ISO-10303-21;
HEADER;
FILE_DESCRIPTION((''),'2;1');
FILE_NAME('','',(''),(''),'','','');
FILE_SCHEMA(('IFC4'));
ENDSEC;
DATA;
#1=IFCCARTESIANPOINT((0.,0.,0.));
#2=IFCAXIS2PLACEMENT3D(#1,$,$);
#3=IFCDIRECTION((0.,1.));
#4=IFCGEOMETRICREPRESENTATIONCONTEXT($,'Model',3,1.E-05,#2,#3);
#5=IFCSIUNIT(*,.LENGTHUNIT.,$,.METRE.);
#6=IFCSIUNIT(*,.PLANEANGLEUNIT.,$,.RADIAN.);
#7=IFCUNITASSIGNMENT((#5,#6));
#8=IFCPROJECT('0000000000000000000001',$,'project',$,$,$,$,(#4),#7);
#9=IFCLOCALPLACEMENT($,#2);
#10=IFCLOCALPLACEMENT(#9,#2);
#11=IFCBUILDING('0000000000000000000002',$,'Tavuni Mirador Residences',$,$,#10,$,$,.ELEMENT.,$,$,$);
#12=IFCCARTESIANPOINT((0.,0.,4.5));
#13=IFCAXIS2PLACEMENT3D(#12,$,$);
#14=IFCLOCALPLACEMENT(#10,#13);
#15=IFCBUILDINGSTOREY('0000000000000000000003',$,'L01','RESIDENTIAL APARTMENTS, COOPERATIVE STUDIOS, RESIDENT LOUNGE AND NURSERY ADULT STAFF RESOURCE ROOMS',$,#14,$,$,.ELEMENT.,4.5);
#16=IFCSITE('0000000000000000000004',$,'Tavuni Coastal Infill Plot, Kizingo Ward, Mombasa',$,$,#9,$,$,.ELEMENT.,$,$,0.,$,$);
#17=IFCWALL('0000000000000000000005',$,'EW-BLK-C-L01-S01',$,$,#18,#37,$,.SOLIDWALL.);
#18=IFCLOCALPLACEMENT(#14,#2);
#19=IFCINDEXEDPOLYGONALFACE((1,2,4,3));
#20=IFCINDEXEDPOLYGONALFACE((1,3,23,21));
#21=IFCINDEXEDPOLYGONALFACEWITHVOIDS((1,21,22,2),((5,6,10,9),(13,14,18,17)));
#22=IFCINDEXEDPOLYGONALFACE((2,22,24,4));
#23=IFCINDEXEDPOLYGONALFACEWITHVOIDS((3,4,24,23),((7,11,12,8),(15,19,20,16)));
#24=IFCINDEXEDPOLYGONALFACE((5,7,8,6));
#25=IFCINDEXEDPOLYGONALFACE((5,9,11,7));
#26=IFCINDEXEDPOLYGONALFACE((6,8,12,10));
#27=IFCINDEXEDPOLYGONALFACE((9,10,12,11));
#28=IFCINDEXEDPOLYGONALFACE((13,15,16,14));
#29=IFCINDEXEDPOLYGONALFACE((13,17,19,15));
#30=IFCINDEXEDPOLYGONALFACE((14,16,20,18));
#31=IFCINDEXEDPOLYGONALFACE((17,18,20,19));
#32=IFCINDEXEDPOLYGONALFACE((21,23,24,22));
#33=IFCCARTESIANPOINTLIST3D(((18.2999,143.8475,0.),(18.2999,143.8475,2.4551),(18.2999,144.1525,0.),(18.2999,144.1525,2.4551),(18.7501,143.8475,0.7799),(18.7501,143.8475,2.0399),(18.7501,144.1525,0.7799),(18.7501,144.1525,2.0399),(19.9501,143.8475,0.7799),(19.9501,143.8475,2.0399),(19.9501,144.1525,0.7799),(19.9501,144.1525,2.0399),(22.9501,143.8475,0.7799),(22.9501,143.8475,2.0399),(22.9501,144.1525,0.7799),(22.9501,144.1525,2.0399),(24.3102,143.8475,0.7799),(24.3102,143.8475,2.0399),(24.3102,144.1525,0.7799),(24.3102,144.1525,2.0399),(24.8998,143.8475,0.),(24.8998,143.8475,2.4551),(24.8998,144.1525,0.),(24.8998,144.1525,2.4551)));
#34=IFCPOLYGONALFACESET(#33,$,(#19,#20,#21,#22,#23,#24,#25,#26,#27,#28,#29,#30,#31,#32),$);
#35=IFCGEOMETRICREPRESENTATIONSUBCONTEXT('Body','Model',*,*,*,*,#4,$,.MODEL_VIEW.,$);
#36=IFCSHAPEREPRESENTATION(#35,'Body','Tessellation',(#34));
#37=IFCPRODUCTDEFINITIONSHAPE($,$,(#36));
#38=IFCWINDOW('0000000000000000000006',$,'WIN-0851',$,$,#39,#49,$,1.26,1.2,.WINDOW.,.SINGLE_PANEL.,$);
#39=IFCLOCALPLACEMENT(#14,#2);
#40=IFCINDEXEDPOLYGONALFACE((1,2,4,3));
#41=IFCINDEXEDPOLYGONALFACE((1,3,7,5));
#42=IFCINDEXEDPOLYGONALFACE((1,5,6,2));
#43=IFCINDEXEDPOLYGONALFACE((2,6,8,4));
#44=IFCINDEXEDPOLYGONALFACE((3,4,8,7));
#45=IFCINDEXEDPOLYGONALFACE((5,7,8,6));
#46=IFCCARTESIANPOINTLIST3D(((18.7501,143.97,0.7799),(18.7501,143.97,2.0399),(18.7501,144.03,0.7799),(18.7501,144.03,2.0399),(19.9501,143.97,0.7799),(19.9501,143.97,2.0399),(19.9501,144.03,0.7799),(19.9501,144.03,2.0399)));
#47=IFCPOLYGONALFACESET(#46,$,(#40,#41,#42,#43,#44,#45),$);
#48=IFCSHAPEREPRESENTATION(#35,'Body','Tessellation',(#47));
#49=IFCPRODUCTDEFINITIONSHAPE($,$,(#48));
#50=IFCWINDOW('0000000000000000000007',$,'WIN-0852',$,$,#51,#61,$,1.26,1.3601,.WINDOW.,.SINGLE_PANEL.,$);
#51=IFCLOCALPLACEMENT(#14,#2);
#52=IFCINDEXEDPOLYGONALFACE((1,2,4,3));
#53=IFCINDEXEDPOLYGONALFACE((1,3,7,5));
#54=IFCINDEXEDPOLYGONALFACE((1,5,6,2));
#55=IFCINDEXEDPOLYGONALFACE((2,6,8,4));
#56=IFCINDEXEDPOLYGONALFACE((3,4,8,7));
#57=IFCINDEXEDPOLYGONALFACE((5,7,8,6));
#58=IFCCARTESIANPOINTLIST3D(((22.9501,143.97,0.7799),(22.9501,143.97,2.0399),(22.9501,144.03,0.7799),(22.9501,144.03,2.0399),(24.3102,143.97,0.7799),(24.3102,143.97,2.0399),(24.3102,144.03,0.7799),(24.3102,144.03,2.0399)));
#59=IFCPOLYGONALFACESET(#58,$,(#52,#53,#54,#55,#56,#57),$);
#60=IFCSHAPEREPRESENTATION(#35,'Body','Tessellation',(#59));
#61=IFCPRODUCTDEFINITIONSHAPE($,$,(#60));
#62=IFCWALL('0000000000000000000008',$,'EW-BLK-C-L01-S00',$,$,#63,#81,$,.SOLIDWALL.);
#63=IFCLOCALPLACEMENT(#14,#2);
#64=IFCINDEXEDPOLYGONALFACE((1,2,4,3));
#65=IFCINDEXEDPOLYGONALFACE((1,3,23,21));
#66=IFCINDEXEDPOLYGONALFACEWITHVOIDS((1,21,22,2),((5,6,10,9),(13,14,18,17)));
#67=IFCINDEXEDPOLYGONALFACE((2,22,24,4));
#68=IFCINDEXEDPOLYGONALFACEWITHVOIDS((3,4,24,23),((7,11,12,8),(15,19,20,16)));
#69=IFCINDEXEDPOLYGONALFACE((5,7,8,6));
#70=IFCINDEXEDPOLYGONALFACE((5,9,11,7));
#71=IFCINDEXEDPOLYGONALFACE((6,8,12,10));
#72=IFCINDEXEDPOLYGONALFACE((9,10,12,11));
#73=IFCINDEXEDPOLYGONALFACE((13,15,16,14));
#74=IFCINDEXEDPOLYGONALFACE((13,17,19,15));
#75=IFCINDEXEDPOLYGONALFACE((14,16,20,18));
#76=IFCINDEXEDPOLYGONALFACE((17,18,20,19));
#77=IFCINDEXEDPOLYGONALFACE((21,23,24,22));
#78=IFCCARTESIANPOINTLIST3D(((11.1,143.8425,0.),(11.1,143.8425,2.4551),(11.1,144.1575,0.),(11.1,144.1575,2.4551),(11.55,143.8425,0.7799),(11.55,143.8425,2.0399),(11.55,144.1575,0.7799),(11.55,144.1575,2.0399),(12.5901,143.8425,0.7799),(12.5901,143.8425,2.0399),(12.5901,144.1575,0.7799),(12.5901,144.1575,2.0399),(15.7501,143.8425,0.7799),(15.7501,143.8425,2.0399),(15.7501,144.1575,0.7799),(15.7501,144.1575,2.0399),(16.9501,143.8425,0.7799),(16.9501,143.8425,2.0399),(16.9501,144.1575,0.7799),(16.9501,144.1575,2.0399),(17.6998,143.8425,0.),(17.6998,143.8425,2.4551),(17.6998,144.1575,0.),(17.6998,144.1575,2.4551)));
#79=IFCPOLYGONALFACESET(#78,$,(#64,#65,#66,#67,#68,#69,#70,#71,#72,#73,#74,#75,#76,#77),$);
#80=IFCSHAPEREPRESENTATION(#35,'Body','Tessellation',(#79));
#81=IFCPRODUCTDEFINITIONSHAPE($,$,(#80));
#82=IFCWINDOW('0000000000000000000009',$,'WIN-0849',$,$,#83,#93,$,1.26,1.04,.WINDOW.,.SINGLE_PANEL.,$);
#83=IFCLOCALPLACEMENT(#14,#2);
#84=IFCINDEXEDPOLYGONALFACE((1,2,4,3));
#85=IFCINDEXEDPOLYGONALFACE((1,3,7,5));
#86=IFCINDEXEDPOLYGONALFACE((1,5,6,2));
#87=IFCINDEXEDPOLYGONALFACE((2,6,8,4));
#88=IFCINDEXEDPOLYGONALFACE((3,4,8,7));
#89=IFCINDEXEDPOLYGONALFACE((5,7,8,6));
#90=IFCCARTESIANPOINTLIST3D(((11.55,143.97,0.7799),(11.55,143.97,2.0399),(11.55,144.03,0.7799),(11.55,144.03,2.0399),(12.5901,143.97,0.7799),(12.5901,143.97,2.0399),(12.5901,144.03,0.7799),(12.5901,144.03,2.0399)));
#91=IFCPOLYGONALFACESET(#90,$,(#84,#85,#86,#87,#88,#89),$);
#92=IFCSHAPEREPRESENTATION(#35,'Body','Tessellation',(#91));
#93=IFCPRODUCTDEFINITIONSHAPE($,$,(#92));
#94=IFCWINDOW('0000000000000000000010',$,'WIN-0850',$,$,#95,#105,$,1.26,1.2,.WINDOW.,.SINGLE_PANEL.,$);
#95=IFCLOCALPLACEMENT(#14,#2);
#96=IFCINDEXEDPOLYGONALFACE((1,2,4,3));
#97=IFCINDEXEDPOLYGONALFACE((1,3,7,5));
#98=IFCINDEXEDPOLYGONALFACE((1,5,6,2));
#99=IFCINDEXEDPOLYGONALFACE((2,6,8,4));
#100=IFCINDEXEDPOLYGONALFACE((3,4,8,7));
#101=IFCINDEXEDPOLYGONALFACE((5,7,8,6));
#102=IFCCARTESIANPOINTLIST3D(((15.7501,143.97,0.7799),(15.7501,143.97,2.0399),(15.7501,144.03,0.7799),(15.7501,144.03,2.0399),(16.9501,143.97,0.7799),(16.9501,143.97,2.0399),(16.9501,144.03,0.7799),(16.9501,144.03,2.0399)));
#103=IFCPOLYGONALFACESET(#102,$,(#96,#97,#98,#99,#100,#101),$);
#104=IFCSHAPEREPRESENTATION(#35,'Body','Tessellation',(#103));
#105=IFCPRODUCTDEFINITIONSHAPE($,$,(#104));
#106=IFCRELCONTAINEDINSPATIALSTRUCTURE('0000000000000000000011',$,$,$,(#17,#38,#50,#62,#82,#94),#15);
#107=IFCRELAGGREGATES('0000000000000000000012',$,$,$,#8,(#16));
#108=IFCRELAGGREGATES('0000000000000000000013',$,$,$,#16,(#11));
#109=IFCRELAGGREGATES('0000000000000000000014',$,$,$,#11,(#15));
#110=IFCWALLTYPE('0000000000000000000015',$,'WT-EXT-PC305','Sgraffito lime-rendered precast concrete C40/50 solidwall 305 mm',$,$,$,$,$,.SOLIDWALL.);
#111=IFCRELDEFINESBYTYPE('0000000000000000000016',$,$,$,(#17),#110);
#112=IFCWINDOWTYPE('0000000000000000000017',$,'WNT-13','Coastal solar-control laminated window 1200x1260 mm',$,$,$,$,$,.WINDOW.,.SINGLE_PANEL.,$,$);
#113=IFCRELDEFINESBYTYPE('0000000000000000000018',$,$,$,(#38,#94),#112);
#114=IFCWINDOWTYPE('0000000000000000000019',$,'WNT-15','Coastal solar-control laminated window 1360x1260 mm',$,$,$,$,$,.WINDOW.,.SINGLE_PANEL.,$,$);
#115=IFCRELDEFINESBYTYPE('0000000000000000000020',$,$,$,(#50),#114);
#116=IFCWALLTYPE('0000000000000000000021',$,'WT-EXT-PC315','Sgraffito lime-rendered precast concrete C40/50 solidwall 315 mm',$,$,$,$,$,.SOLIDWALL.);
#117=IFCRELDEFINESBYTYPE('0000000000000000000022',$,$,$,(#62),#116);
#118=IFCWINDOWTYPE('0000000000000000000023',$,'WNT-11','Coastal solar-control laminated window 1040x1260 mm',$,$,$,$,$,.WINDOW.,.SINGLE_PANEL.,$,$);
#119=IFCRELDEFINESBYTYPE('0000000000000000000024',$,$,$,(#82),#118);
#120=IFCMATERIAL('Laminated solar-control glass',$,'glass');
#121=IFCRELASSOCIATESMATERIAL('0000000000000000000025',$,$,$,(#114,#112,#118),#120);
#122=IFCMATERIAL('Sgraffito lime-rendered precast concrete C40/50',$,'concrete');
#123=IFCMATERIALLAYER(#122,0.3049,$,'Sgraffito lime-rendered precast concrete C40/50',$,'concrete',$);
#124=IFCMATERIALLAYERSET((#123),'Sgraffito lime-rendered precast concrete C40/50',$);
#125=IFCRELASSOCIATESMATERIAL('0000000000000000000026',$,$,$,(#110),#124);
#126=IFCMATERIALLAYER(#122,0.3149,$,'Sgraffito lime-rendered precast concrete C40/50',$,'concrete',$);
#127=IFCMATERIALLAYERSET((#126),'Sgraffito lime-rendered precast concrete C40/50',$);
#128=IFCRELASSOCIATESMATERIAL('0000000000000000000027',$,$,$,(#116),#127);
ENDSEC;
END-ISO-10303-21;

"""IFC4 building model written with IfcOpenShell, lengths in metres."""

from ifc_helpers import new_model, si_unit, direction, frame, frame_2d, origin, place, context, subcontext, project, spatial, rectangle, extrude, material, layer, layer_set, type_object, element, fill, save


model = new_model("IFC4")

# Units and contexts
model_context = context("Model", 3, precision=1e-05, world=origin(), true_north=direction((0.0, 1.0)))
body_context = subcontext(model_context, "Body", "Model", "MODEL_VIEW")
ifc_project = project(units=[si_unit("LENGTHUNIT", "METRE"), si_unit("PLANEANGLEUNIT", "RADIAN")], contexts=[model_context])

# Site, building, storey
site_placement = place(None, origin())
site = spatial("IfcSite", under=ifc_project, at=site_placement, Name="Tavuni Coastal Infill Plot, Kizingo Ward, Mombasa", CompositionType="ELEMENT", RefElevation=0.0)
building_placement = place(site_placement, origin())
building = spatial("IfcBuilding", under=site, at=building_placement, Name="Tavuni Mirador Residences", CompositionType="ELEMENT")
storey_placement = place(building_placement, frame((0.0, 0.0, 4.5)))
storey = spatial("IfcBuildingStorey", under=building, at=storey_placement, Name="L01", Description="RESIDENTIAL APARTMENTS, COOPERATIVE STUDIOS, RESIDENT LOUNGE AND NURSERY ADULT STAFF RESOURCE ROOMS", CompositionType="ELEMENT", Elevation=4.5)

# Walls, openings, windows
ifc_material_1 = material(Name="Sgraffito lime-rendered precast concrete C40/50", Category="concrete")
ifc_material_2 = material(Name="Laminated solar-control glass", Category="glass")
window_type_1 = type_object("IfcWindowType", Name="WNT-15", Description="Coastal solar-control laminated window 1360x1260 mm", PartitioningType="SINGLE_PANEL", PredefinedType="WINDOW", material=ifc_material_2)
ifc_layer_1 = layer(ifc_material_1, 0.3049, Name="Sgraffito lime-rendered precast concrete C40/50", Category="concrete")
ifc_layer_set_1 = layer_set([ifc_layer_1], Name="Sgraffito lime-rendered precast concrete C40/50")
wall_type_1 = type_object("IfcWallType", Name="WT-EXT-PC305", Description="Sgraffito lime-rendered precast concrete C40/50 solidwall 305 mm", PredefinedType="SOLIDWALL", material=ifc_layer_set_1)
wall_1_placement = place(storey_placement, frame((18.3, 144.0, 0.0), z_axis=(0.0, 0.0, 1.0), x_axis=(1.0, 0.0, 0.0)))
wall_1 = element("IfcWall", 1, at=wall_1_placement, inside=storey, type_object=wall_type_1, Name="EW-BLK-C-L01-S01", PredefinedType="SOLIDWALL", context=body_context, shape_type="SweptSolid", body=[
    extrude(rectangle(XDim=6.5999, YDim=0.3049, at=frame_2d((3.2998, 0.0))), origin(), (0.0, 0.0, 1.0), 2.4551),
])
opening_1_placement = place(wall_1_placement, frame((0.45, 0.0, 0.78)))
opening_1 = element("IfcOpeningElement", 2, at=opening_1_placement, cuts=wall_1, PredefinedType="OPENING", context=body_context, shape_type="SweptSolid", body=[
    extrude(rectangle(XDim=1.2, YDim=1.26, at=frame_2d((0.6001, 0.6299))), frame((0.0, 0.1626, 0.0), z_axis=(0.0, -1.0, 0.0), x_axis=(1.0, 0.0, 0.0)), (0.0, 0.0, 1.0), 0.325),
])
opening_2_placement = place(wall_1_placement, frame((4.6499, 0.0, 0.78)))
opening_2 = element("IfcOpeningElement", 3, at=opening_2_placement, cuts=wall_1, PredefinedType="OPENING", context=body_context, shape_type="SweptSolid", body=[
    extrude(rectangle(XDim=1.3601, YDim=1.26, at=frame_2d((0.6802, 0.6299))), frame((0.0, 0.1626, 0.0), z_axis=(0.0, -1.0, 0.0), x_axis=(1.0, 0.0, 0.0)), (0.0, 0.0, 1.0), 0.325),
])
window_type_2 = type_object("IfcWindowType", Name="WNT-13", Description="Coastal solar-control laminated window 1200x1260 mm", PartitioningType="SINGLE_PANEL", PredefinedType="WINDOW", material=ifc_material_2)
window_1_placement = place(opening_1_placement, origin())
window_1 = element("IfcWindow", 4, at=window_1_placement, inside=storey, type_object=window_type_2, Name="WIN-0851", OverallHeight=1.26, OverallWidth=1.2, PartitioningType="SINGLE_PANEL", PredefinedType="WINDOW", context=body_context, shape_type="SweptSolid", body=[
    extrude(rectangle(XDim=1.2, YDim=1.26, at=frame_2d((0.6001, 0.6299))), frame((0.0, 0.03, 0.0), z_axis=(0.0, -1.0, 0.0), x_axis=(1.0, 0.0, 0.0)), (0.0, 0.0, 1.0), 0.0601),
])
fill(opening_1, window_1)
window_2_placement = place(opening_2_placement, origin())
window_2 = element("IfcWindow", 5, at=window_2_placement, inside=storey, type_object=window_type_1, Name="WIN-0852", OverallHeight=1.26, OverallWidth=1.3601, PartitioningType="SINGLE_PANEL", PredefinedType="WINDOW", context=body_context, shape_type="SweptSolid", body=[
    extrude(rectangle(XDim=1.3601, YDim=1.26, at=frame_2d((0.6802, 0.6299))), frame((0.0, 0.03, 0.0), z_axis=(0.0, -1.0, 0.0), x_axis=(1.0, 0.0, 0.0)), (0.0, 0.0, 1.0), 0.0601),
])
fill(opening_2, window_2)
ifc_layer_2 = layer(ifc_material_1, 0.3149, Name="Sgraffito lime-rendered precast concrete C40/50", Category="concrete")
ifc_layer_set_2 = layer_set([ifc_layer_2], Name="Sgraffito lime-rendered precast concrete C40/50")
wall_type_2 = type_object("IfcWallType", Name="WT-EXT-PC315", Description="Sgraffito lime-rendered precast concrete C40/50 solidwall 315 mm", PredefinedType="SOLIDWALL", material=ifc_layer_set_2)
wall_2_placement = place(storey_placement, frame((11.1001, 144.0, 0.0), z_axis=(0.0, 0.0, 1.0), x_axis=(1.0, 0.0, 0.0)))
wall_2 = element("IfcWall", 6, at=wall_2_placement, inside=storey, type_object=wall_type_2, Name="EW-BLK-C-L01-S00", PredefinedType="SOLIDWALL", context=body_context, shape_type="SweptSolid", body=[
    extrude(rectangle(XDim=6.5999, YDim=0.3149, at=frame_2d((3.2998, 0.0))), origin(), (0.0, 0.0, 1.0), 2.4551),
])
opening_3_placement = place(wall_2_placement, frame((0.45, 0.0, 0.78)))
opening_3 = element("IfcOpeningElement", 7, at=opening_3_placement, cuts=wall_2, PredefinedType="OPENING", context=body_context, shape_type="SweptSolid", body=[
    extrude(rectangle(XDim=1.04, YDim=1.26, at=frame_2d((0.52, 0.6299))), frame((0.0, 0.1675, 0.0), z_axis=(0.0, -1.0, 0.0), x_axis=(1.0, 0.0, 0.0)), (0.0, 0.0, 1.0), 0.335),
])
opening_4_placement = place(wall_2_placement, frame((4.6499, 0.0, 0.78)))
opening_4 = element("IfcOpeningElement", 8, at=opening_4_placement, cuts=wall_2, PredefinedType="OPENING", context=body_context, shape_type="SweptSolid", body=[
    extrude(rectangle(XDim=1.2, YDim=1.26, at=frame_2d((0.6001, 0.6299))), frame((0.0, 0.1675, 0.0), z_axis=(0.0, -1.0, 0.0), x_axis=(1.0, 0.0, 0.0)), (0.0, 0.0, 1.0), 0.335),
])
window_type_3 = type_object("IfcWindowType", Name="WNT-11", Description="Coastal solar-control laminated window 1040x1260 mm", PartitioningType="SINGLE_PANEL", PredefinedType="WINDOW", material=ifc_material_2)
window_3_placement = place(opening_3_placement, origin())
window_3 = element("IfcWindow", 9, at=window_3_placement, inside=storey, type_object=window_type_3, Name="WIN-0849", OverallHeight=1.26, OverallWidth=1.04, PartitioningType="SINGLE_PANEL", PredefinedType="WINDOW", context=body_context, shape_type="SweptSolid", body=[
    extrude(rectangle(XDim=1.04, YDim=1.26, at=frame_2d((0.52, 0.6299))), frame((0.0, 0.03, 0.0), z_axis=(0.0, -1.0, 0.0), x_axis=(1.0, 0.0, 0.0)), (0.0, 0.0, 1.0), 0.0601),
])
fill(opening_3, window_3)
window_4_placement = place(opening_4_placement, origin())
window_4 = element("IfcWindow", 10, at=window_4_placement, inside=storey, type_object=window_type_2, Name="WIN-0850", OverallHeight=1.26, OverallWidth=1.2, PartitioningType="SINGLE_PANEL", PredefinedType="WINDOW", context=body_context, shape_type="SweptSolid", body=[
    extrude(rectangle(XDim=1.2, YDim=1.26, at=frame_2d((0.6001, 0.6299))), frame((0.0, 0.03, 0.0), z_axis=(0.0, -1.0, 0.0), x_axis=(1.0, 0.0, 0.0)), (0.0, 0.0, 1.0), 0.0601),
])
fill(opening_4, window_4)

save(model, "model.ifc")
